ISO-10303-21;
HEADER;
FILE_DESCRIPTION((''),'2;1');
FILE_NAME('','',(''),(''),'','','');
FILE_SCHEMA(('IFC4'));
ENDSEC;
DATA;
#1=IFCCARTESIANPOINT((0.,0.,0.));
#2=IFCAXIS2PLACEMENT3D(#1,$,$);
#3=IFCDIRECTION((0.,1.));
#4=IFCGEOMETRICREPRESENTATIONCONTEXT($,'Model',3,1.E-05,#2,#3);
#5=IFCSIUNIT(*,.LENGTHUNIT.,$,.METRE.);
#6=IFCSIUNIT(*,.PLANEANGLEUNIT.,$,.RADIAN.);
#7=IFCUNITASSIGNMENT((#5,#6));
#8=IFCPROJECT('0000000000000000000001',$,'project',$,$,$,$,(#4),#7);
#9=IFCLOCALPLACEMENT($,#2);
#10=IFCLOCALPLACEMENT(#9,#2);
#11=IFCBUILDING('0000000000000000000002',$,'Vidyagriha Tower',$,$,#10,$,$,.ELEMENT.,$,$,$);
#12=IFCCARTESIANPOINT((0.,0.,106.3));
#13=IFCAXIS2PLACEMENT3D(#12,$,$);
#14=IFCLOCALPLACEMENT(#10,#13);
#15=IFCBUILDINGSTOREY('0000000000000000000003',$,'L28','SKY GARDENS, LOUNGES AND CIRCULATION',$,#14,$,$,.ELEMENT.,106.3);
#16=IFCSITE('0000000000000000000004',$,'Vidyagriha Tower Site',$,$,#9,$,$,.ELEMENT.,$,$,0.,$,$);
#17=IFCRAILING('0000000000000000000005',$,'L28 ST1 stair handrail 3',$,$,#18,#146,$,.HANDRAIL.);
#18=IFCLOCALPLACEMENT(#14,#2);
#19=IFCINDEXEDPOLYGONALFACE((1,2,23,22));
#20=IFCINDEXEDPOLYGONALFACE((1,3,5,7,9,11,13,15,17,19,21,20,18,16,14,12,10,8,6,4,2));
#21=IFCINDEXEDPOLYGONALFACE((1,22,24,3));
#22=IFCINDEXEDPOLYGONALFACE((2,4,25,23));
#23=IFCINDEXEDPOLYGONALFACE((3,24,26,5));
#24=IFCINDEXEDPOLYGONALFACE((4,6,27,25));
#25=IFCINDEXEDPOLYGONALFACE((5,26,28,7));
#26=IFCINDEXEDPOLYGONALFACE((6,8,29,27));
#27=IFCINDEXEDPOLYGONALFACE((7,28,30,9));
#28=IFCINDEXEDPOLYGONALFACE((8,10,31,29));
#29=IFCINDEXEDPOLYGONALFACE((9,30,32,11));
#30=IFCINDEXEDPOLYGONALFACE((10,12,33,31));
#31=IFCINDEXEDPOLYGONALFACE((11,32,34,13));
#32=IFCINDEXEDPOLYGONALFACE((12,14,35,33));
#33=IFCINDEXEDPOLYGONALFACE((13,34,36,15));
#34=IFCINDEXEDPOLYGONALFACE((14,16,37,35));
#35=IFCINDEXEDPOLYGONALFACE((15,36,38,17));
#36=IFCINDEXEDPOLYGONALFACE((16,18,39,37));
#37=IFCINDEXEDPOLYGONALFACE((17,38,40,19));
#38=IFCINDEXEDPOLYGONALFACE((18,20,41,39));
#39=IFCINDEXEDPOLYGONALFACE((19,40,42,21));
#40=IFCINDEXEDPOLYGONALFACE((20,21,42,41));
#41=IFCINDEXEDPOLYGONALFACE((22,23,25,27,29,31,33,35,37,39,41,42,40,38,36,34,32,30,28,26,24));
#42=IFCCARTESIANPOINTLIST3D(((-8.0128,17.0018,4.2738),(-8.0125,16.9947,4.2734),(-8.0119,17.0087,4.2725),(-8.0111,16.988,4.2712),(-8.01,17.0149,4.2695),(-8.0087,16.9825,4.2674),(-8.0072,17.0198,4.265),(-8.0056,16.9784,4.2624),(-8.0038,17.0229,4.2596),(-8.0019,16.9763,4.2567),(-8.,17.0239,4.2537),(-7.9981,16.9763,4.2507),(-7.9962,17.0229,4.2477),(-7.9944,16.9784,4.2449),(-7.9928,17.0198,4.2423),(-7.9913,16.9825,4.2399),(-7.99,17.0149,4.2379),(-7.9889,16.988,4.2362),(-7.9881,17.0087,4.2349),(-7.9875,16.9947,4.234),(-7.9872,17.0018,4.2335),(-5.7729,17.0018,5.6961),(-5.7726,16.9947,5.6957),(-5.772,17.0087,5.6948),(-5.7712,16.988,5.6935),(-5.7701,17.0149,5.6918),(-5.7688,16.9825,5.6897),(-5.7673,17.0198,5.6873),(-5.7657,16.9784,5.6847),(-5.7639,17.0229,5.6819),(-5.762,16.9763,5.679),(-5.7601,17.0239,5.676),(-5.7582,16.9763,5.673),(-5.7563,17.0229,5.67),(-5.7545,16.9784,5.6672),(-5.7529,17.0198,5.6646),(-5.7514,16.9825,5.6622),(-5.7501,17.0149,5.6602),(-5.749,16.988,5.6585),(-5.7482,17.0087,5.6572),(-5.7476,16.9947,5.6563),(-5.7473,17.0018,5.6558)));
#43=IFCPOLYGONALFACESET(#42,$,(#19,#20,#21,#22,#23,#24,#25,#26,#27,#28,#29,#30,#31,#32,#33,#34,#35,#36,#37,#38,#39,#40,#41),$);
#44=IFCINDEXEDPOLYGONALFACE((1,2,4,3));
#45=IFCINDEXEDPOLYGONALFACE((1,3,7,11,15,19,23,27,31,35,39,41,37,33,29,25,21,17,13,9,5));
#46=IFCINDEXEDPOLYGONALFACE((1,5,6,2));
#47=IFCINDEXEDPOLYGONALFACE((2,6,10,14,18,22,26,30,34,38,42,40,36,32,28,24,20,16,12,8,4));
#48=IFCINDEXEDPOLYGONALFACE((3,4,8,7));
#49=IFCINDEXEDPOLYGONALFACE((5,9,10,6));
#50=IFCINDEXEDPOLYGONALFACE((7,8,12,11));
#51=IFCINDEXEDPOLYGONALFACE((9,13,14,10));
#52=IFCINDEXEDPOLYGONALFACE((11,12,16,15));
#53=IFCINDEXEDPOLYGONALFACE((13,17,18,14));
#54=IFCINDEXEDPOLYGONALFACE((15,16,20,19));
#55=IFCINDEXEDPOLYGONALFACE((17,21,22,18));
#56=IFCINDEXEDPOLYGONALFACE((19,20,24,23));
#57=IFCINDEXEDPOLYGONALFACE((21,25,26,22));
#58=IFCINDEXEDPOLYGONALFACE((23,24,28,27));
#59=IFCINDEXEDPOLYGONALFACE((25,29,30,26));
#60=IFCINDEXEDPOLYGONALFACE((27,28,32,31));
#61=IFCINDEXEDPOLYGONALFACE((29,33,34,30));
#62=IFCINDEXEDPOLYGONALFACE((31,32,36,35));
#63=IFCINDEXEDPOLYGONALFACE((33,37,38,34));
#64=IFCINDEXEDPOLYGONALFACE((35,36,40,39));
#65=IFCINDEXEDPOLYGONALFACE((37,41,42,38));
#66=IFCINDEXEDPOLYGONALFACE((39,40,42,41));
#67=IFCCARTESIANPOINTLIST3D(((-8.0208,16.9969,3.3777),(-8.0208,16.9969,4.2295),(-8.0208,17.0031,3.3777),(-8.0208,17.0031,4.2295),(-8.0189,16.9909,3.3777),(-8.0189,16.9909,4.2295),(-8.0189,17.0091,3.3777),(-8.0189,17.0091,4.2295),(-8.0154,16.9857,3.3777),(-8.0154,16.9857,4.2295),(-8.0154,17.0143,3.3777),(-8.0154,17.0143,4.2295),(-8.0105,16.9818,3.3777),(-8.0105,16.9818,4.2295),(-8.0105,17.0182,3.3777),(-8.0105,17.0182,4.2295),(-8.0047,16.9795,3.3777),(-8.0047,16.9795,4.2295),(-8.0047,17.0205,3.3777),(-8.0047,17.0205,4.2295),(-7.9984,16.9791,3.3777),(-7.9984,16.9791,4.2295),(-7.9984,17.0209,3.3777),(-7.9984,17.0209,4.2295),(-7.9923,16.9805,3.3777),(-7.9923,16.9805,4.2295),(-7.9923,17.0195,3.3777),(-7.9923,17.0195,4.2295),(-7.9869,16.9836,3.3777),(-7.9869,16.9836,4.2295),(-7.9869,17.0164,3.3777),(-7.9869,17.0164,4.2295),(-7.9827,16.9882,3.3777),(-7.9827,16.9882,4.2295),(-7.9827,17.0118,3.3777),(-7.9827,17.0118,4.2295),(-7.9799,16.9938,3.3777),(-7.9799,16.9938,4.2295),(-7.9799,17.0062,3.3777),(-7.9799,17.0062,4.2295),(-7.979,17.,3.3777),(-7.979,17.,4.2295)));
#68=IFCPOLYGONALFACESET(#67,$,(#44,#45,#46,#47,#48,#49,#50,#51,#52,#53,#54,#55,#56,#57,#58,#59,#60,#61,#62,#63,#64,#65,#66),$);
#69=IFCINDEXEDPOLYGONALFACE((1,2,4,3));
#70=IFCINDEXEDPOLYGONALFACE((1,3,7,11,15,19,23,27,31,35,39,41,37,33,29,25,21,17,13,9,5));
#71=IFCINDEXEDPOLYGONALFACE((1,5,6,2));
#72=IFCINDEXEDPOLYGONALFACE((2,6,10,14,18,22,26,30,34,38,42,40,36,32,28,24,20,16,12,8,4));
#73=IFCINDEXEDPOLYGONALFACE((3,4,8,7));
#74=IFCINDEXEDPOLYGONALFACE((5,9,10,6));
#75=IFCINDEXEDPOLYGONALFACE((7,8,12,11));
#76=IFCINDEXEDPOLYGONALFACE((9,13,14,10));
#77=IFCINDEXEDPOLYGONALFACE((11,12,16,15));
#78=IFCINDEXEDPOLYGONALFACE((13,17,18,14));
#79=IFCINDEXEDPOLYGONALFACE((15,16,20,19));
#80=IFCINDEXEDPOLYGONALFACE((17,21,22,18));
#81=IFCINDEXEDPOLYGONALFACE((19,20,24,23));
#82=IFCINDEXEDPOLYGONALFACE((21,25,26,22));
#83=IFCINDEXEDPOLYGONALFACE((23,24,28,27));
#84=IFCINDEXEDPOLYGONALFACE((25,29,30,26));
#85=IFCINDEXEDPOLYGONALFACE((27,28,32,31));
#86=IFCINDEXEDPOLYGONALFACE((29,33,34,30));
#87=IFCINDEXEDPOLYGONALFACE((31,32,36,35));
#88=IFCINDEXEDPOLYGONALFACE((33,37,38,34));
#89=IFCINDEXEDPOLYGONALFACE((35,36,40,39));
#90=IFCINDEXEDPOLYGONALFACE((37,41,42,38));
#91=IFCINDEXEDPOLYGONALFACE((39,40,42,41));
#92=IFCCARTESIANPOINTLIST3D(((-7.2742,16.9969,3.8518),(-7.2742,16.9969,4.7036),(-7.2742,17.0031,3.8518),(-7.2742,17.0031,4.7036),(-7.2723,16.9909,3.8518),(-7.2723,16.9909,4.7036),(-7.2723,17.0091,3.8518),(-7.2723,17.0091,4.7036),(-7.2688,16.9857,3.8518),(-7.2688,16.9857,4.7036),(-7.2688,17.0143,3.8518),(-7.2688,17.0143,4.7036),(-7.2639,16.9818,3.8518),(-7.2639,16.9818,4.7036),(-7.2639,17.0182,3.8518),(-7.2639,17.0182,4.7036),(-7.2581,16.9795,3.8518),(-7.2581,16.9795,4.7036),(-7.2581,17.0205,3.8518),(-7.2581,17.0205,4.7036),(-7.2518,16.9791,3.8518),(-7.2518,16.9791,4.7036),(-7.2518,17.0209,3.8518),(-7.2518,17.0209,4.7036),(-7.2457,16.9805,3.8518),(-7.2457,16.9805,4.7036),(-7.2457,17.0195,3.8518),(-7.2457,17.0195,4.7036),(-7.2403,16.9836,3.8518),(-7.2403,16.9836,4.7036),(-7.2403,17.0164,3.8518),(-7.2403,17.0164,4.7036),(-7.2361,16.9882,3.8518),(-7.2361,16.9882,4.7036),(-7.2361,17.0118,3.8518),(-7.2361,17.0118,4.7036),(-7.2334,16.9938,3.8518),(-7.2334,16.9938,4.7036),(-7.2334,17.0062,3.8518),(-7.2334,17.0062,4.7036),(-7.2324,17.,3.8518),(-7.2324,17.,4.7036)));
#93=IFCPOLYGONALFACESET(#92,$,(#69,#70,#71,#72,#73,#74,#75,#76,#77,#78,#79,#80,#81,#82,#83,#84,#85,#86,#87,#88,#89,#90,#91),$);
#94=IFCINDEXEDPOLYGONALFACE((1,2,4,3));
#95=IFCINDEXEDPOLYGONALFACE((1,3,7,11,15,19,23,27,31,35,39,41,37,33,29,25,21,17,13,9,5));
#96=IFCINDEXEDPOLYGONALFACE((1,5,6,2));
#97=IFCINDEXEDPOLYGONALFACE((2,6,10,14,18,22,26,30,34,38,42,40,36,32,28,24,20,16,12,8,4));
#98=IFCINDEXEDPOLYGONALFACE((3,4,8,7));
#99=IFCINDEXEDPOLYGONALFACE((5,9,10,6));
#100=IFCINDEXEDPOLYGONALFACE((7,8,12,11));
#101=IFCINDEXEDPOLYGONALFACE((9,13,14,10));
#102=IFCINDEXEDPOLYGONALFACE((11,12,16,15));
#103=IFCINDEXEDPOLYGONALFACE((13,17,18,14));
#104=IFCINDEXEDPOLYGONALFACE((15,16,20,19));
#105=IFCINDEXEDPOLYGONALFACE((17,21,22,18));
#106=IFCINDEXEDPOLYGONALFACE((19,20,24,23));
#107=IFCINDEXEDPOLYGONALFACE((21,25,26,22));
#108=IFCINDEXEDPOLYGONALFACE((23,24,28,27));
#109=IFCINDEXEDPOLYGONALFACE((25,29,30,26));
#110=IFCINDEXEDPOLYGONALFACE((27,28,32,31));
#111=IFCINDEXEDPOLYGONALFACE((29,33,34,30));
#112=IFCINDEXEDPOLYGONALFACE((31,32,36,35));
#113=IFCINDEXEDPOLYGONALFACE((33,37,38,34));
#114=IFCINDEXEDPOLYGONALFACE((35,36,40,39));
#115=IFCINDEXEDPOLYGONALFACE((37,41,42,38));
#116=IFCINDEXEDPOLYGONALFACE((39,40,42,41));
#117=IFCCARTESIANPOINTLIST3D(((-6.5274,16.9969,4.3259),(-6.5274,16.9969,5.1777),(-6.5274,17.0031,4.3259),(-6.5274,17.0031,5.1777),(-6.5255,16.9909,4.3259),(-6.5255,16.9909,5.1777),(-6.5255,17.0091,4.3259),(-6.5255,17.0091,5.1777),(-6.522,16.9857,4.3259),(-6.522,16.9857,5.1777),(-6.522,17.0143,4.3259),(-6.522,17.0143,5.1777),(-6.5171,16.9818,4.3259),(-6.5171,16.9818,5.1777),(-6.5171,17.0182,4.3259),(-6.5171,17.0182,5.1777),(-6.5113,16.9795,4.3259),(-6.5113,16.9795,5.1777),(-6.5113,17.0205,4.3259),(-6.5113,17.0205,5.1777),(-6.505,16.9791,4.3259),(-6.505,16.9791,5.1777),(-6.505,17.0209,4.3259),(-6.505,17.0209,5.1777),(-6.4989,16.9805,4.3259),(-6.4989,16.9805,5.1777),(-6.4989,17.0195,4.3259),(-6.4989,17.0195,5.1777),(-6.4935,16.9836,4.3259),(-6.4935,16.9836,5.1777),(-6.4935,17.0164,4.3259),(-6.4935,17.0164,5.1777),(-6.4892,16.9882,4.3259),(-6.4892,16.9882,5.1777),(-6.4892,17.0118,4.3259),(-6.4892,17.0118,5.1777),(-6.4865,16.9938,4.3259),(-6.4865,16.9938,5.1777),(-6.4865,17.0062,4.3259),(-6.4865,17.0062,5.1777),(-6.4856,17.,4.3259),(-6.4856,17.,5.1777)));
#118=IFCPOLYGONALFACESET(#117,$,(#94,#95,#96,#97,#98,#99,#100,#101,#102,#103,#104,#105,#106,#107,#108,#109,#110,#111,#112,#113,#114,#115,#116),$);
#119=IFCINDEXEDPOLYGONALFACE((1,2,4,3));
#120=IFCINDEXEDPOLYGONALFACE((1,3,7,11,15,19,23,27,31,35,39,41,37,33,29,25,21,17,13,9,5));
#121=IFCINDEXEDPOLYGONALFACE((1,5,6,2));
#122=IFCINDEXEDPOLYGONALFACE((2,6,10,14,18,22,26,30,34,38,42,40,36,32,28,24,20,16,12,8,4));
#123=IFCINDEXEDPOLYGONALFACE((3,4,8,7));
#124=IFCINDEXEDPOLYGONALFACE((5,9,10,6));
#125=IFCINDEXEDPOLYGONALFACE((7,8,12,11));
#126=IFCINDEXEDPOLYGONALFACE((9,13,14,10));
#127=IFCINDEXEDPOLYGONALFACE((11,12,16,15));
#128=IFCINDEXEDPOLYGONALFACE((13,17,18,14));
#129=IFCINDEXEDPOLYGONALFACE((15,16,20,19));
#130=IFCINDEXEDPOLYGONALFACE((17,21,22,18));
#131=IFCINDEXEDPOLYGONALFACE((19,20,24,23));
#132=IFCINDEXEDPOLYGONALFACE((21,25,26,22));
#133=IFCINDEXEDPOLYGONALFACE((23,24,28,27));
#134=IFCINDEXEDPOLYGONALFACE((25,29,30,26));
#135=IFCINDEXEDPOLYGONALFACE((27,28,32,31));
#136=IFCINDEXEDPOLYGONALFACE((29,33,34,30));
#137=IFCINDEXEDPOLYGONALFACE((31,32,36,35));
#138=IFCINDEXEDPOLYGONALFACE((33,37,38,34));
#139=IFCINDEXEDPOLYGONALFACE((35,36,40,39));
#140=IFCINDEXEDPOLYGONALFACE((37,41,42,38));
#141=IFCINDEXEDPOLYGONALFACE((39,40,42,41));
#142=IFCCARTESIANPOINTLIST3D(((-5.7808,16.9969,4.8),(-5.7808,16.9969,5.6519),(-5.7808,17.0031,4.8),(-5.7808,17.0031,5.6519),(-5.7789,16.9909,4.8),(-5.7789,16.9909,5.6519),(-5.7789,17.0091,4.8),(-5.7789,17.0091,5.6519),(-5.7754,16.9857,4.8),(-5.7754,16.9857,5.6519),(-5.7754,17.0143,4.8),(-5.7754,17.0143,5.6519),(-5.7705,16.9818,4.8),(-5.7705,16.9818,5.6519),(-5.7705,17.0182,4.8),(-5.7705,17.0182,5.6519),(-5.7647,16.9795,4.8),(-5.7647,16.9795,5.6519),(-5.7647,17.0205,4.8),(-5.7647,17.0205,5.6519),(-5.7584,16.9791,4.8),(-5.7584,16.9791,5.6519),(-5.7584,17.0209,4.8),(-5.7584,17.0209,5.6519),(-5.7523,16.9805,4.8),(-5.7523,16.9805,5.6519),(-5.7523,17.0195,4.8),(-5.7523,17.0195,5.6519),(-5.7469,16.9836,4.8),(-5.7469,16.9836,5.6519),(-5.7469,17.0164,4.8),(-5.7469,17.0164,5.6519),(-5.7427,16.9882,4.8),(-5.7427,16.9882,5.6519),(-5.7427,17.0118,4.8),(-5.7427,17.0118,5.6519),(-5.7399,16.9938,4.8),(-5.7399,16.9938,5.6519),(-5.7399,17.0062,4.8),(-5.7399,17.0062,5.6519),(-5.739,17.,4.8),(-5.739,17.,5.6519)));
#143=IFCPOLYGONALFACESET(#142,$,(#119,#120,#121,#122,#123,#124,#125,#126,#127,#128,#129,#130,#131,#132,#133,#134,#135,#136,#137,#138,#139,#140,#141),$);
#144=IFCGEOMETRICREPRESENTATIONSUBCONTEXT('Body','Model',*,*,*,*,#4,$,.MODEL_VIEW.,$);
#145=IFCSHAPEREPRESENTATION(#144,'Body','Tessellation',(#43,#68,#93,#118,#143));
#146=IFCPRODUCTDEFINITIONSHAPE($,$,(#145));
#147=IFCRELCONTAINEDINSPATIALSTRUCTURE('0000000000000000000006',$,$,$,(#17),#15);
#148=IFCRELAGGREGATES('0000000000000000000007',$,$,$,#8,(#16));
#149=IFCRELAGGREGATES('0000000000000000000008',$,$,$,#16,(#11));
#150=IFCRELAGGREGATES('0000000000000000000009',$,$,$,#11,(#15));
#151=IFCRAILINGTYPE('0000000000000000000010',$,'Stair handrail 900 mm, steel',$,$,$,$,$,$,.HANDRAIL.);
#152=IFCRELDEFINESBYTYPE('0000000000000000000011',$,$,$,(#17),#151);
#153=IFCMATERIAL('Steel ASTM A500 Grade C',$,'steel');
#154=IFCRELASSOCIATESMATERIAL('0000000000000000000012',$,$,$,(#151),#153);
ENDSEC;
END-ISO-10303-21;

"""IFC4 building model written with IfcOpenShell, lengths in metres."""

from ifc_helpers import new_model, si_unit, direction, frame, origin, origin_2d, place, context, subcontext, project, spatial, circle, extrude, material, type_object, element, save


model = new_model("IFC4")

# Units and contexts
model_context = context("Model", 3, precision=1e-05, world=origin(), true_north=direction((0.0, 1.0)))
body_context = subcontext(model_context, "Body", "Model", "MODEL_VIEW")
ifc_project = project(units=[si_unit("LENGTHUNIT", "METRE"), si_unit("PLANEANGLEUNIT", "RADIAN")], contexts=[model_context])

# Site, building, storey
site_placement = place(None, origin())
site = spatial("IfcSite", under=ifc_project, at=site_placement, Name="Vidyagriha Tower Site", CompositionType="ELEMENT", RefElevation=0.0)
building_placement = place(site_placement, origin())
building = spatial("IfcBuilding", under=site, at=building_placement, Name="Vidyagriha Tower", CompositionType="ELEMENT")
storey_placement = place(building_placement, frame((0.0, 0.0, 106.3)))
storey = spatial("IfcBuildingStorey", under=building, at=storey_placement, Name="L28", Description="SKY GARDENS, LOUNGES AND CIRCULATION", CompositionType="ELEMENT", Elevation=106.3)

# Railing
ifc_material_1 = material(Name="Steel ASTM A500 Grade C", Category="steel")
railing_type_1 = type_object("IfcRailingType", Name="Stair handrail 900 mm, steel", PredefinedType="HANDRAIL", material=ifc_material_1)
for number, where, name in (
    (1, (-8.0, 17.0, 3.3777), "L28 ST1 stair handrail 3"),
):
    element("IfcRailing", number, at=place(storey_placement, frame(where)), inside=storey, type_object=railing_type_1, Name=name, PredefinedType="HANDRAIL", context=body_context, shape_type="SweptSolid", body=[
        extrude(circle(Radius=0.0239, at=origin_2d()), frame((0.0, 0.0, 0.876), z_axis=(0.844188, 0.0, 0.536048), x_axis=(0.0, 1.0, 0.0)), (0.0, 0.0, 1.0), 2.6533),
        extrude(circle(Radius=0.021, at=origin_2d()), origin(), (0.0, 0.0, 1.0), 0.8518),
        extrude(circle(Radius=0.021, at=origin_2d()), frame((0.7466, 0.0, 0.4741)), (0.0, 0.0, 1.0), 0.8518),
        extrude(circle(Radius=0.021, at=origin_2d()), frame((1.4934, 0.0, 0.9482)), (0.0, 0.0, 1.0), 0.8518),
        extrude(circle(Radius=0.021, at=origin_2d()), frame((2.24, 0.0, 1.4224)), (0.0, 0.0, 1.0), 0.8518),
    ])

save(model, "model.ifc")
